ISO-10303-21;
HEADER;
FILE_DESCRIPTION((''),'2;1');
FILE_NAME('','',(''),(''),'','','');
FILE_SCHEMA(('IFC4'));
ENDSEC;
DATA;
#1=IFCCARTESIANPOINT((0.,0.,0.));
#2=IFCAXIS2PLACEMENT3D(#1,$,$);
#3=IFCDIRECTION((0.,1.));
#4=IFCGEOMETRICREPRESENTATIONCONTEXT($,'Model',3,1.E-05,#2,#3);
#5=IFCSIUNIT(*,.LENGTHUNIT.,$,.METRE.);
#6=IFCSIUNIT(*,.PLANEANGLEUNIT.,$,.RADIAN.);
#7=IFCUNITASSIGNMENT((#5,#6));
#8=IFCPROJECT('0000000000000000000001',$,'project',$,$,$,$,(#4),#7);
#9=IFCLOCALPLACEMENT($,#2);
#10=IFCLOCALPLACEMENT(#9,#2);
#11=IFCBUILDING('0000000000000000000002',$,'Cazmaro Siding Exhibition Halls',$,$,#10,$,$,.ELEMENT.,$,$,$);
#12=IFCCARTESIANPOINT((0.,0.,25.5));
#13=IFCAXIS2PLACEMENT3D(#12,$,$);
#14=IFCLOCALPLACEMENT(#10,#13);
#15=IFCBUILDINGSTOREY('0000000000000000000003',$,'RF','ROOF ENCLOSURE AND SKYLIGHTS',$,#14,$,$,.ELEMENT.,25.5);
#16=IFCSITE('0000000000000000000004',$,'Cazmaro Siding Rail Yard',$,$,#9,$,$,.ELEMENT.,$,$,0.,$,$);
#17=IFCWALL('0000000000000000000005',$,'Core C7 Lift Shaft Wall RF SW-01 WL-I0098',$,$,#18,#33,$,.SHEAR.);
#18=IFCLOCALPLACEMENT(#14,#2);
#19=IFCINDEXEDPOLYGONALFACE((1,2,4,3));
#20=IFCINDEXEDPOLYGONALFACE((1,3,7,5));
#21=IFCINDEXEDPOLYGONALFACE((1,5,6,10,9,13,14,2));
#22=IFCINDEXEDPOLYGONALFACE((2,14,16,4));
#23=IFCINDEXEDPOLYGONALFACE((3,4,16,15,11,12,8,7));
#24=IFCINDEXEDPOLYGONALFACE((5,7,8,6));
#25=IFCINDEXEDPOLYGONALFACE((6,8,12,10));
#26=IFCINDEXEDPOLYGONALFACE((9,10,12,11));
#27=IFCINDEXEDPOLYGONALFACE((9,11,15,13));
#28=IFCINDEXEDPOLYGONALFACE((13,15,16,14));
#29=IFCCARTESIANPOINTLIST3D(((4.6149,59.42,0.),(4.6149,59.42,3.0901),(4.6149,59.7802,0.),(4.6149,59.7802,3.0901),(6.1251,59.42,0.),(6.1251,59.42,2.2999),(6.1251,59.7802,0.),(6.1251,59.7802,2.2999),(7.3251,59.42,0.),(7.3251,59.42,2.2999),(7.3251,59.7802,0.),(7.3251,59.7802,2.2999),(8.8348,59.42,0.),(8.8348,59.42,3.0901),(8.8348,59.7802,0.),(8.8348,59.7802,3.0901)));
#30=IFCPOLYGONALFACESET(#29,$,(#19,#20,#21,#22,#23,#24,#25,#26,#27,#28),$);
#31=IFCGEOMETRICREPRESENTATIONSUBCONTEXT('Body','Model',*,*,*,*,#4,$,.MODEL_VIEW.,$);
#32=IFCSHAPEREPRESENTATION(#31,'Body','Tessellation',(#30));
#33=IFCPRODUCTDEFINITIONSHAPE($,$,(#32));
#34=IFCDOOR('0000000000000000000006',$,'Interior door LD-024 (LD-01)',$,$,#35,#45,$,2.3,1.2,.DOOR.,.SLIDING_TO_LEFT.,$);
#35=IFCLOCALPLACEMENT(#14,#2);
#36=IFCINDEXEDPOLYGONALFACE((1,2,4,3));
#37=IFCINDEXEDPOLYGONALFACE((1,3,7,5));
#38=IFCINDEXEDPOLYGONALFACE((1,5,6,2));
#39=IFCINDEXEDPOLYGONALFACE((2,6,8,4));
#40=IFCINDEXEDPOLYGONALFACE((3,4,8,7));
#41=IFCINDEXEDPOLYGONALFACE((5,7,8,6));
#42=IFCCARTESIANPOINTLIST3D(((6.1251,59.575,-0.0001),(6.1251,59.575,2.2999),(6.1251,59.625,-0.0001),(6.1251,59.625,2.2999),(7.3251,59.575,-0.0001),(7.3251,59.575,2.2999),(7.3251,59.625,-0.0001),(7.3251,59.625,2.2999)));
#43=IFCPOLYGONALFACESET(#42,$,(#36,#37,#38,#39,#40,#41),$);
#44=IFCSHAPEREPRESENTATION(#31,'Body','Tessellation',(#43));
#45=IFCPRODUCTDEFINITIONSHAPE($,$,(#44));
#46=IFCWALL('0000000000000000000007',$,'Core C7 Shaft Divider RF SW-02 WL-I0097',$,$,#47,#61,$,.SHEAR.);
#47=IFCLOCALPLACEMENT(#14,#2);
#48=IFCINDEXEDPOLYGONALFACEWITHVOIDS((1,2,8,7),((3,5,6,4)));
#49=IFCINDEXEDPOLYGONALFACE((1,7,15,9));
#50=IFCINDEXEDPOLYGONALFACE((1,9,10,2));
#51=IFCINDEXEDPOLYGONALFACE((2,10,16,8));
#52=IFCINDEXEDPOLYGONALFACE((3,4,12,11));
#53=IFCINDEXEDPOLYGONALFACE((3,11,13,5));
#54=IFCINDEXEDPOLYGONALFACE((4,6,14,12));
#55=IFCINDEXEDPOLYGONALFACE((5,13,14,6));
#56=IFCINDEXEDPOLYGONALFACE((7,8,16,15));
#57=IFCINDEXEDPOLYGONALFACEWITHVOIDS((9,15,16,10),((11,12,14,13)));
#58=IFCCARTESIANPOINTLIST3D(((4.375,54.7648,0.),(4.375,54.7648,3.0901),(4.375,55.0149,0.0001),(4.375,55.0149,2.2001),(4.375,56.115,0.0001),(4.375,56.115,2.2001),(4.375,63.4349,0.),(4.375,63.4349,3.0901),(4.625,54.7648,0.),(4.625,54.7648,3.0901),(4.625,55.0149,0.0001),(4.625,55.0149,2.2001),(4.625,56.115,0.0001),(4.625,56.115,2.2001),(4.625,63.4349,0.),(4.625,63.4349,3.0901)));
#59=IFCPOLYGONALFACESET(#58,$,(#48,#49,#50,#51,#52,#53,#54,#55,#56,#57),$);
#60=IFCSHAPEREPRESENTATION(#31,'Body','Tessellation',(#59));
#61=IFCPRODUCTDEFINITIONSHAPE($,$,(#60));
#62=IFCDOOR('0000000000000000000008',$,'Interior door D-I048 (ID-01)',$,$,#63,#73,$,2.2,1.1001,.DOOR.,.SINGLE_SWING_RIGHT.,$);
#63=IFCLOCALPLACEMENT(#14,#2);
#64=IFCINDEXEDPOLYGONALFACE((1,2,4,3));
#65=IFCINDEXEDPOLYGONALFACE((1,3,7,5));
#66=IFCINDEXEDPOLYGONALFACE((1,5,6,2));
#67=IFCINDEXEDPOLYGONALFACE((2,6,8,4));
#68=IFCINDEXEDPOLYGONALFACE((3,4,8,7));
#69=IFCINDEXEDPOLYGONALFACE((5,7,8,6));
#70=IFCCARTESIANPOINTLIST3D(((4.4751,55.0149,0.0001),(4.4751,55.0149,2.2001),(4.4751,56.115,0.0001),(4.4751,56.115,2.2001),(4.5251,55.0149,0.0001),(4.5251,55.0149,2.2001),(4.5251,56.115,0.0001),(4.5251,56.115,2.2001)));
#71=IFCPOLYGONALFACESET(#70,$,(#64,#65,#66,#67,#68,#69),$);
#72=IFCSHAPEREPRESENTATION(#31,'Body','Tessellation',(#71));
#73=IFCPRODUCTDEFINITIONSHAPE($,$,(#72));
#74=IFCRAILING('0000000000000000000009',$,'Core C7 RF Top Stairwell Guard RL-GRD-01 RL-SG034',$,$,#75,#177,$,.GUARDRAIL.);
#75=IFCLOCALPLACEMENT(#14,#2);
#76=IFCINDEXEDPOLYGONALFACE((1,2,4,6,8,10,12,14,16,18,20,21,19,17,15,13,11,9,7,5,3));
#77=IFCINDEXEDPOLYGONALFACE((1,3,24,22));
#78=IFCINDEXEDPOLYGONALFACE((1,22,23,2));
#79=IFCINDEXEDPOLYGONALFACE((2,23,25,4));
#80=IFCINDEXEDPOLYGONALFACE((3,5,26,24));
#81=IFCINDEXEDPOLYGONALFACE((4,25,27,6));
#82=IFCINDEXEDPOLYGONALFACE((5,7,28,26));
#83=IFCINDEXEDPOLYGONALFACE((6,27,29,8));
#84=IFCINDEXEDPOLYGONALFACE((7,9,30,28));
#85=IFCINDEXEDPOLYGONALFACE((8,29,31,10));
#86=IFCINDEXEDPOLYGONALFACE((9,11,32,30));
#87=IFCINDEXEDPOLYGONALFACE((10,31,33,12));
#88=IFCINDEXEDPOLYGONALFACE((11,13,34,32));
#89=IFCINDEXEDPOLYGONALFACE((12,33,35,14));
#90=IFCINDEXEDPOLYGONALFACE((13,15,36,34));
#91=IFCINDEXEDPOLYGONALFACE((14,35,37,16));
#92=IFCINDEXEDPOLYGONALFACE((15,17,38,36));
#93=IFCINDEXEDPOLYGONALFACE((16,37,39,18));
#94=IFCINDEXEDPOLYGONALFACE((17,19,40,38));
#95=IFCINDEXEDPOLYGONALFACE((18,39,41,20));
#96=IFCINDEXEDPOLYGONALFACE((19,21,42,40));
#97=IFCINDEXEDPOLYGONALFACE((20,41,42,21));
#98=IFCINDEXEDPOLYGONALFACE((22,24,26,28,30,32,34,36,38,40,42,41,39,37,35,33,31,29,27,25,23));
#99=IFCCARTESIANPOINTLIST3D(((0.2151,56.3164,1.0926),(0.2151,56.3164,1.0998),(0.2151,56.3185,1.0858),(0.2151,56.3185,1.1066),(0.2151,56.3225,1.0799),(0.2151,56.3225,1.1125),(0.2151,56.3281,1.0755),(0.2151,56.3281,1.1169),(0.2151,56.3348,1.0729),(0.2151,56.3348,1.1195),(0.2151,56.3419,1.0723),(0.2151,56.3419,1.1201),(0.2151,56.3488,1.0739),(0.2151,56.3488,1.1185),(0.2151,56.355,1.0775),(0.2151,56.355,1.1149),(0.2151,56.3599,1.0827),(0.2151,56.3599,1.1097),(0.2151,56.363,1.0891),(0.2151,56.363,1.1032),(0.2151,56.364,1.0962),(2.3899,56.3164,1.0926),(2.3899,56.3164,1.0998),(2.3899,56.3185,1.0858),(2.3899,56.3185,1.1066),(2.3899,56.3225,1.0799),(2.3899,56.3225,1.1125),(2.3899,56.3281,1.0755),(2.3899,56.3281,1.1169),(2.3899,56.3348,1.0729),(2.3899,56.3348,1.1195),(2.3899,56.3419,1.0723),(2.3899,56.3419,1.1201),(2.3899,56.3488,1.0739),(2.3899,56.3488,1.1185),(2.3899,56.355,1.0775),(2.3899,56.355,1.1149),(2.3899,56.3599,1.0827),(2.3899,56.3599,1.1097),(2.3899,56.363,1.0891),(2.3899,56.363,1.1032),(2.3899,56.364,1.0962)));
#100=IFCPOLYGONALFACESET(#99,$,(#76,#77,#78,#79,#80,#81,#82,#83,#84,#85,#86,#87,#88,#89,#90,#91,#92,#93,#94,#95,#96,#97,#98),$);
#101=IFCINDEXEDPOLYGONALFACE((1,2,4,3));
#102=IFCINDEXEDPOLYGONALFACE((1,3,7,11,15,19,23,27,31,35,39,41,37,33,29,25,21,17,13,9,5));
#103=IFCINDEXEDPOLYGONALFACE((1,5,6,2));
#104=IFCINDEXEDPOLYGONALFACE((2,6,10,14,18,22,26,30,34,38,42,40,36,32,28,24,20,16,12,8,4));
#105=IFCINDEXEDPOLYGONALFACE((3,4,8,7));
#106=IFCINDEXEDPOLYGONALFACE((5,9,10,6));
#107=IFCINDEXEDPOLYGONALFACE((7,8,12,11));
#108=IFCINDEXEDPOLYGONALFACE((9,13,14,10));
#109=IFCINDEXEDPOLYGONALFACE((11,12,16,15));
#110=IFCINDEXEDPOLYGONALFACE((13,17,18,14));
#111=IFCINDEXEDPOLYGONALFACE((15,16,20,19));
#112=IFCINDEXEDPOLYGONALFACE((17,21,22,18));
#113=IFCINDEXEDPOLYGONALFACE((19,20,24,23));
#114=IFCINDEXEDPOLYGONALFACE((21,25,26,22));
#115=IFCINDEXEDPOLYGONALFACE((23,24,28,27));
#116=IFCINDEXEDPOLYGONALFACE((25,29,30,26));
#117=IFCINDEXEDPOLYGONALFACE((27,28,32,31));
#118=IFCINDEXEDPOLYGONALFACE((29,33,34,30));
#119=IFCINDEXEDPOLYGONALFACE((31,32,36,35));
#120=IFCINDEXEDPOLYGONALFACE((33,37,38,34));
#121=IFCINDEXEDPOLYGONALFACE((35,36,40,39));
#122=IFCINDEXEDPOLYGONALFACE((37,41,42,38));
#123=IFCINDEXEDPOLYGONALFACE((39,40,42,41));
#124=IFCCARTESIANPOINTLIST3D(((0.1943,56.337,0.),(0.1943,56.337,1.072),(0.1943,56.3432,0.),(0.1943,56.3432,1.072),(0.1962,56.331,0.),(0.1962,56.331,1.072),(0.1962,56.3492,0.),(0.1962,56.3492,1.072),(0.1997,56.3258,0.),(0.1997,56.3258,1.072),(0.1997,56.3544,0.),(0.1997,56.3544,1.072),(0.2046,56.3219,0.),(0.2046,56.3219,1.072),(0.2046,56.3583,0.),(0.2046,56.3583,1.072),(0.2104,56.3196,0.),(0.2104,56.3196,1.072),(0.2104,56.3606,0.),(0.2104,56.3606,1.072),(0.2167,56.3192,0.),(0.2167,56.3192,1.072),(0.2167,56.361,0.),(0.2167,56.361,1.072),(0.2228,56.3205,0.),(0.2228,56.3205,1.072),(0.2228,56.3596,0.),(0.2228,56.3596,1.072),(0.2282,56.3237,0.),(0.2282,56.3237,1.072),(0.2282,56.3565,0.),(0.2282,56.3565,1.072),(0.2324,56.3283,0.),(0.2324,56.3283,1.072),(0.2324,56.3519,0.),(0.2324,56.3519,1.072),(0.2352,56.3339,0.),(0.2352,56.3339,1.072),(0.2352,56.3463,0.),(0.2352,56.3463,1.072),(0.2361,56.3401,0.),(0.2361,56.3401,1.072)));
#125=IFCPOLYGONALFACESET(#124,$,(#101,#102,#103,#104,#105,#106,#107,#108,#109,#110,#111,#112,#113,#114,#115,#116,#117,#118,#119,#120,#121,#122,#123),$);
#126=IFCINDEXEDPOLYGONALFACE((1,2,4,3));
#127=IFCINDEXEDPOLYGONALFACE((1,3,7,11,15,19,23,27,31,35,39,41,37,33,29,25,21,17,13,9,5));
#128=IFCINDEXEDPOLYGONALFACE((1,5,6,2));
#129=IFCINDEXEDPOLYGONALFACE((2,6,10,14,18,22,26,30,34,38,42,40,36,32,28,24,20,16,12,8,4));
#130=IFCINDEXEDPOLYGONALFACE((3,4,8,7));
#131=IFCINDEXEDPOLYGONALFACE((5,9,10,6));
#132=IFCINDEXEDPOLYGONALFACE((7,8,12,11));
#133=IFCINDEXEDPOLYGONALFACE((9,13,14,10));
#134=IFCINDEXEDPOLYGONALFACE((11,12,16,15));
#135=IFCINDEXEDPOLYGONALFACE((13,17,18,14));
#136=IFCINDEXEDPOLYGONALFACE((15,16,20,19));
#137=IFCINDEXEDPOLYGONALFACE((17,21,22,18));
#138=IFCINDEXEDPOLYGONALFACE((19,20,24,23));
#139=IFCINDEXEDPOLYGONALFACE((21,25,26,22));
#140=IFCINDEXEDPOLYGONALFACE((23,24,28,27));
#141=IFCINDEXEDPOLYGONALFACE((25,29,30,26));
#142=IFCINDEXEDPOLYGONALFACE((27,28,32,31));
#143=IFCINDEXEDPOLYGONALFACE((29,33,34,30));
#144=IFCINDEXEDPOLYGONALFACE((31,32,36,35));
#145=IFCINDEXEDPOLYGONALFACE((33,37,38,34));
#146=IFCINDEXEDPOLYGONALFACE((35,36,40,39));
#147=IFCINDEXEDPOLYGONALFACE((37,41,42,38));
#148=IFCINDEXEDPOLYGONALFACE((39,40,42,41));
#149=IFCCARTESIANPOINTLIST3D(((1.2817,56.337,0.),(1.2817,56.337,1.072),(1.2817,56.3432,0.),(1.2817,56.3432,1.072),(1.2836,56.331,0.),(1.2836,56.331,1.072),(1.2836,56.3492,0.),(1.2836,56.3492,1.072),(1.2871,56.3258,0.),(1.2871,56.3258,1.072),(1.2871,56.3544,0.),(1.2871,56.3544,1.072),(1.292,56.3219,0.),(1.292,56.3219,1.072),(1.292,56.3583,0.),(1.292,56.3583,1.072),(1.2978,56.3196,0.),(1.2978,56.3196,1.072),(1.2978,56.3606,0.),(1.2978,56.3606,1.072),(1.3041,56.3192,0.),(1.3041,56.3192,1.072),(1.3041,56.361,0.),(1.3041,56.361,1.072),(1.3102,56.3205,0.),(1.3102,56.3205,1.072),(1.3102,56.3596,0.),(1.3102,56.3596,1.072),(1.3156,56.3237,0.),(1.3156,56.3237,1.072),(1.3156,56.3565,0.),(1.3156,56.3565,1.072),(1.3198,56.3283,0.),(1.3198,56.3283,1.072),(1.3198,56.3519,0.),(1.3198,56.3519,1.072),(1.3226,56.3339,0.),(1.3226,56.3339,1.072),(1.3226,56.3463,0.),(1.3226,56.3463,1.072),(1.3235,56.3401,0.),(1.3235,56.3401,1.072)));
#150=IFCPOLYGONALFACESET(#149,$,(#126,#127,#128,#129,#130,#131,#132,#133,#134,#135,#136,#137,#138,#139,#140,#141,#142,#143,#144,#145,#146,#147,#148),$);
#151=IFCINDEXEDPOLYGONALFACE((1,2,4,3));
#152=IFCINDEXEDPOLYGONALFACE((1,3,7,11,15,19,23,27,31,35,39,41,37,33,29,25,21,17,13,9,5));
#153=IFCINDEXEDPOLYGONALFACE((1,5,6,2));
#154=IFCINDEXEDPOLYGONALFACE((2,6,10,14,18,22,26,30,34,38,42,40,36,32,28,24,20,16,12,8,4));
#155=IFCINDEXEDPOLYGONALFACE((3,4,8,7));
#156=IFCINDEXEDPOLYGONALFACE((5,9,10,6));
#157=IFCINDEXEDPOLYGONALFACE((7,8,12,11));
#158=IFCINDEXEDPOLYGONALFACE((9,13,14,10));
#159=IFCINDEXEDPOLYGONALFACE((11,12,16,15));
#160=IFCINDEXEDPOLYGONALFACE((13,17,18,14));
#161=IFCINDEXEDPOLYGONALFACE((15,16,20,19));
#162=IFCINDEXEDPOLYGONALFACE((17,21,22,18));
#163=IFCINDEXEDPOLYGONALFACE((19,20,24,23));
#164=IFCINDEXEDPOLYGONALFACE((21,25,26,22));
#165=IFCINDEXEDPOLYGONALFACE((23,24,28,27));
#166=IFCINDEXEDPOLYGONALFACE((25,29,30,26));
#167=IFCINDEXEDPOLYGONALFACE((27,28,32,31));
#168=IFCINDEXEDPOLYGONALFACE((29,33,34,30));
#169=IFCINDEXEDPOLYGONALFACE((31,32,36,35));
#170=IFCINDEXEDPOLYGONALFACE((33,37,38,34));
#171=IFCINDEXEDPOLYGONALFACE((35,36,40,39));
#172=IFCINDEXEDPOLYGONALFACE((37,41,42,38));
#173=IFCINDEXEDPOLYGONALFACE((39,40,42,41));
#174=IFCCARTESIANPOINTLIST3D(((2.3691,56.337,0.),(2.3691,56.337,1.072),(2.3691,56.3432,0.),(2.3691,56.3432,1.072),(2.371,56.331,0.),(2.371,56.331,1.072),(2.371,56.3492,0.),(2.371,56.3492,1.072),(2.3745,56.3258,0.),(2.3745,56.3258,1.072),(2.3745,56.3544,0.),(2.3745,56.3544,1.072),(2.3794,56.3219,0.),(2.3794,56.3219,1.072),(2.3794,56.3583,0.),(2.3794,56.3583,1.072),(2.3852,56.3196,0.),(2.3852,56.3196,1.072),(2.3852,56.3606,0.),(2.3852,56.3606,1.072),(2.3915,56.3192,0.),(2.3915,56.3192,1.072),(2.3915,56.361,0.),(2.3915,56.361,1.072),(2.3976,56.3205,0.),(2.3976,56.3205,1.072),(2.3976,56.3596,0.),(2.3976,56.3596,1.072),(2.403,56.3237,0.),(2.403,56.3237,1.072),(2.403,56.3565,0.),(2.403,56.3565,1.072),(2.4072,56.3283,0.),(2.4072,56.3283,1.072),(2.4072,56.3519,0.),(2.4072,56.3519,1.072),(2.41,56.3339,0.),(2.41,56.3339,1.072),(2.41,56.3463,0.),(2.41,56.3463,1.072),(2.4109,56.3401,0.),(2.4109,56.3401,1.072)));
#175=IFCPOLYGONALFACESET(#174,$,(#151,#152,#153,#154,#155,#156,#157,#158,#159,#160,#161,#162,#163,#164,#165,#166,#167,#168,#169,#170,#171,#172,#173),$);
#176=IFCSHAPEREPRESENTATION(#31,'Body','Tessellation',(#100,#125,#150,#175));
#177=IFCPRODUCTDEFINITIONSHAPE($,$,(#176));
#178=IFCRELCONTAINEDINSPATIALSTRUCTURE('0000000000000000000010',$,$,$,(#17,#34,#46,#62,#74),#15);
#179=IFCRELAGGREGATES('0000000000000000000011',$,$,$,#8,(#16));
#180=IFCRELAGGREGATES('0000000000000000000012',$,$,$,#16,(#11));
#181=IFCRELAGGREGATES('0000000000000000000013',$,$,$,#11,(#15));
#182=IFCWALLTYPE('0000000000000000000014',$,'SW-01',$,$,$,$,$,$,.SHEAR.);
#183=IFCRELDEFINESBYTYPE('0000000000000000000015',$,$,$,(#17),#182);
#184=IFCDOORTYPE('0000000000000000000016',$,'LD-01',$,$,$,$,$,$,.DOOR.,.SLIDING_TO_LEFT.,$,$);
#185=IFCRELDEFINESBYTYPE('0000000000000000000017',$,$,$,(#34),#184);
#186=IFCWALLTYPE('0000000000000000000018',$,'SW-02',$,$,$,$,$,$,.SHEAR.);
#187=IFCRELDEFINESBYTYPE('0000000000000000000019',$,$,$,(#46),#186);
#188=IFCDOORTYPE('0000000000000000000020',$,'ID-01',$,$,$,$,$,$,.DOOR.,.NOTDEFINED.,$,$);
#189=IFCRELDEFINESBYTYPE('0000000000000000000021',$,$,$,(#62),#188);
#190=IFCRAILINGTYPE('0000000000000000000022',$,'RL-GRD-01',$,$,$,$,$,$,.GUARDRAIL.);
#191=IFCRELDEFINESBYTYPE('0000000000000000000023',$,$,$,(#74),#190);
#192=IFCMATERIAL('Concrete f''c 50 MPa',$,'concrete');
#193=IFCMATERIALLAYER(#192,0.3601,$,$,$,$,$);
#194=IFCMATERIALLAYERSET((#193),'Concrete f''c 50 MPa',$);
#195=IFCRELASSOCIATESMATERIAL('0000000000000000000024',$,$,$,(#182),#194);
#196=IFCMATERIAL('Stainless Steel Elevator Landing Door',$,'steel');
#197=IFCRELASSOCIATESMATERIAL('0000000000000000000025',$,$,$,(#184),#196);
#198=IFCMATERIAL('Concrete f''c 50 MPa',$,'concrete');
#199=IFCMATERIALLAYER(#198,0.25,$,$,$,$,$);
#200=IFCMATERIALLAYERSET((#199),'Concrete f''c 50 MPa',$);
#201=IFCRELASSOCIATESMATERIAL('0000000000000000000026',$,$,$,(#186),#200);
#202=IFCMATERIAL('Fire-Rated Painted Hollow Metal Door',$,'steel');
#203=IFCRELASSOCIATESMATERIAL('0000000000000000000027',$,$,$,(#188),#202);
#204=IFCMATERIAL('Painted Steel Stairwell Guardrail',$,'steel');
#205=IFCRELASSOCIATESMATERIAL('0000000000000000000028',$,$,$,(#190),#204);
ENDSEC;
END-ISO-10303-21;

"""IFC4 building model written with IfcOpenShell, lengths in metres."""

from ifc_helpers import new_model, si_unit, direction, frame, frame_2d, origin, origin_2d, place, context, subcontext, project, spatial, rectangle, circle, extrude, material, layer, layer_set, type_object, element, fill, save


model = new_model("IFC4")

# Units and contexts
model_context = context("Model", 3, precision=1e-05, world=origin(), true_north=direction((0.0, 1.0)))
body_context = subcontext(model_context, "Body", "Model", "MODEL_VIEW")
ifc_project = project(units=[si_unit("LENGTHUNIT", "METRE"), si_unit("PLANEANGLEUNIT", "RADIAN")], contexts=[model_context])

# Site, building, storey
site_placement = place(None, origin())
site = spatial("IfcSite", under=ifc_project, at=site_placement, Name="Cazmaro Siding Rail Yard", CompositionType="ELEMENT", RefElevation=0.0)
building_placement = place(site_placement, origin())
building = spatial("IfcBuilding", under=site, at=building_placement, Name="Cazmaro Siding Exhibition Halls", CompositionType="ELEMENT")
storey_placement = place(building_placement, frame((0.0, 0.0, 25.5)))
storey = spatial("IfcBuildingStorey", under=building, at=storey_placement, Name="RF", Description="ROOF ENCLOSURE AND SKYLIGHTS", CompositionType="ELEMENT", Elevation=25.5)

# Walls, openings, doors
ifc_material_1 = material(Name="Concrete f'c 50 MPa", Category="concrete")
ifc_layer_1 = layer(ifc_material_1, 0.3601)
ifc_layer_set_1 = layer_set([ifc_layer_1], Name="Concrete f'c 50 MPa")
wall_type_1 = type_object("IfcWallType", Name="SW-01", PredefinedType="SHEAR", material=ifc_layer_set_1)
wall_1_placement = place(storey_placement, frame((4.615, 59.6001, 0.0), z_axis=(0.0, 0.0, 1.0), x_axis=(1.0, 0.0, 0.0)))
wall_1 = element("IfcWall", 1, at=wall_1_placement, inside=storey, type_object=wall_type_1, Name="Core C7 Lift Shaft Wall RF SW-01 WL-I0098", PredefinedType="SHEAR", context=body_context, shape_type="SweptSolid", body=[
    extrude(rectangle(XDim=4.22, YDim=0.3601, at=frame_2d((2.1099, 0.0))), origin(), (0.0, 0.0, 1.0), 3.0901),
])
opening_1_placement = place(wall_1_placement, frame((1.51, 0.0, 0.0)))
opening_1 = element("IfcOpeningElement", 2, at=opening_1_placement, cuts=wall_1, PredefinedType="OPENING", context=body_context, shape_type="SweptSolid", body=[
    extrude(rectangle(XDim=1.2, YDim=2.3, at=frame_2d((0.6001, 1.1499))), frame((0.0, 0.1899, 0.0), z_axis=(0.0, -1.0, 0.0), x_axis=(1.0, 0.0, 0.0)), (0.0, 0.0, 1.0), 0.3801),
])
ifc_material_2 = material(Name="Stainless Steel Elevator Landing Door", Category="steel")
door_type_1 = type_object("IfcDoorType", Name="LD-01", OperationType="SLIDING_TO_LEFT", PredefinedType="DOOR", material=ifc_material_2)
door_1_placement = place(opening_1_placement, origin())
door_1 = element("IfcDoor", 3, at=door_1_placement, inside=storey, type_object=door_type_1, Name="Interior door LD-024 (LD-01)", OperationType="SLIDING_TO_LEFT", OverallHeight=2.3, OverallWidth=1.2, PredefinedType="DOOR", context=body_context, shape_type="SweptSolid", body=[
    extrude(rectangle(XDim=1.2, YDim=2.3, at=frame_2d((0.6001, 1.1499))), frame((0.0, 0.0249, 0.0), z_axis=(0.0, -1.0, 0.0), x_axis=(1.0, 0.0, 0.0)), (0.0, 0.0, 1.0), 0.05),
])
fill(opening_1, door_1)
ifc_material_3 = material(Name="Concrete f'c 50 MPa", Category="concrete")
ifc_layer_2 = layer(ifc_material_3, 0.25)
ifc_layer_set_2 = layer_set([ifc_layer_2], Name="Concrete f'c 50 MPa")
wall_type_2 = type_object("IfcWallType", Name="SW-02", PredefinedType="SHEAR", material=ifc_layer_set_2)
wall_2_placement = place(storey_placement, frame((4.5, 54.7649, 0.0), z_axis=(0.0, 0.0, 1.0), x_axis=(0.0, 1.0, 0.0)))
wall_2 = element("IfcWall", 4, at=wall_2_placement, inside=storey, type_object=wall_type_2, Name="Core C7 Shaft Divider RF SW-02 WL-I0097", PredefinedType="SHEAR", context=body_context, shape_type="SweptSolid", body=[
    extrude(rectangle(XDim=8.6702, YDim=0.25, at=frame_2d((4.335, 0.0))), origin(), (0.0, 0.0, 1.0), 3.0901),
])
opening_2_placement = place(wall_2_placement, frame((0.25, 0.0, 0.0)))
opening_2 = element("IfcOpeningElement", 5, at=opening_2_placement, cuts=wall_2, PredefinedType="OPENING", context=body_context, shape_type="SweptSolid", body=[
    extrude(rectangle(XDim=1.1001, YDim=2.2, at=frame_2d((0.55, 1.1001))), frame((0.0, 0.135, 0.0), z_axis=(0.0, -1.0, 0.0), x_axis=(1.0, 0.0, 0.0)), (0.0, 0.0, 1.0), 0.27),
])
ifc_material_4 = material(Name="Fire-Rated Painted Hollow Metal Door", Category="steel")
door_type_2 = type_object("IfcDoorType", Name="ID-01", OperationType="NOTDEFINED", PredefinedType="DOOR", material=ifc_material_4)
door_2_placement = place(opening_2_placement, origin())
door_2 = element("IfcDoor", 6, at=door_2_placement, inside=storey, type_object=door_type_2, Name="Interior door D-I048 (ID-01)", OperationType="SINGLE_SWING_RIGHT", OverallHeight=2.2, OverallWidth=1.1001, PredefinedType="DOOR", context=body_context, shape_type="SweptSolid", body=[
    extrude(rectangle(XDim=1.1001, YDim=2.2, at=frame_2d((0.55, 1.1001))), frame((0.0, 0.0249, 0.0), z_axis=(0.0, -1.0, 0.0), x_axis=(1.0, 0.0, 0.0)), (0.0, 0.0, 1.0), 0.05),
])
fill(opening_2, door_2)

# Railing
ifc_material_5 = material(Name="Painted Steel Stairwell Guardrail", Category="steel")
railing_type_1 = type_object("IfcRailingType", Name="RL-GRD-01", PredefinedType="GUARDRAIL", material=ifc_material_5)
railing_1_placement = place(storey_placement, frame((0.2151, 56.3401, 0.0)))
element("IfcRailing", 7, at=railing_1_placement, inside=storey, type_object=railing_type_1, Name="Core C7 RF Top Stairwell Guard RL-GRD-01 RL-SG034", PredefinedType="GUARDRAIL", context=body_context, shape_type="SweptSolid", body=[
    extrude(circle(Radius=0.0239, at=origin_2d()), frame((0.0, 0.0, 1.0962), z_axis=(1.0, 0.0, 0.0), x_axis=(0.0, 1.0, 0.0)), (0.0, 0.0, 1.0), 2.1748),
    extrude(circle(Radius=0.021, at=origin_2d()), origin(), (0.0, 0.0, 1.0), 1.072),
    extrude(circle(Radius=0.021, at=origin_2d()), frame((1.0874, 0.0, 0.0)), (0.0, 0.0, 1.0), 1.072),
    extrude(circle(Radius=0.021, at=origin_2d()), frame((2.1748, 0.0, 0.0)), (0.0, 0.0, 1.0), 1.072),
])

save(model, "model.ifc")
